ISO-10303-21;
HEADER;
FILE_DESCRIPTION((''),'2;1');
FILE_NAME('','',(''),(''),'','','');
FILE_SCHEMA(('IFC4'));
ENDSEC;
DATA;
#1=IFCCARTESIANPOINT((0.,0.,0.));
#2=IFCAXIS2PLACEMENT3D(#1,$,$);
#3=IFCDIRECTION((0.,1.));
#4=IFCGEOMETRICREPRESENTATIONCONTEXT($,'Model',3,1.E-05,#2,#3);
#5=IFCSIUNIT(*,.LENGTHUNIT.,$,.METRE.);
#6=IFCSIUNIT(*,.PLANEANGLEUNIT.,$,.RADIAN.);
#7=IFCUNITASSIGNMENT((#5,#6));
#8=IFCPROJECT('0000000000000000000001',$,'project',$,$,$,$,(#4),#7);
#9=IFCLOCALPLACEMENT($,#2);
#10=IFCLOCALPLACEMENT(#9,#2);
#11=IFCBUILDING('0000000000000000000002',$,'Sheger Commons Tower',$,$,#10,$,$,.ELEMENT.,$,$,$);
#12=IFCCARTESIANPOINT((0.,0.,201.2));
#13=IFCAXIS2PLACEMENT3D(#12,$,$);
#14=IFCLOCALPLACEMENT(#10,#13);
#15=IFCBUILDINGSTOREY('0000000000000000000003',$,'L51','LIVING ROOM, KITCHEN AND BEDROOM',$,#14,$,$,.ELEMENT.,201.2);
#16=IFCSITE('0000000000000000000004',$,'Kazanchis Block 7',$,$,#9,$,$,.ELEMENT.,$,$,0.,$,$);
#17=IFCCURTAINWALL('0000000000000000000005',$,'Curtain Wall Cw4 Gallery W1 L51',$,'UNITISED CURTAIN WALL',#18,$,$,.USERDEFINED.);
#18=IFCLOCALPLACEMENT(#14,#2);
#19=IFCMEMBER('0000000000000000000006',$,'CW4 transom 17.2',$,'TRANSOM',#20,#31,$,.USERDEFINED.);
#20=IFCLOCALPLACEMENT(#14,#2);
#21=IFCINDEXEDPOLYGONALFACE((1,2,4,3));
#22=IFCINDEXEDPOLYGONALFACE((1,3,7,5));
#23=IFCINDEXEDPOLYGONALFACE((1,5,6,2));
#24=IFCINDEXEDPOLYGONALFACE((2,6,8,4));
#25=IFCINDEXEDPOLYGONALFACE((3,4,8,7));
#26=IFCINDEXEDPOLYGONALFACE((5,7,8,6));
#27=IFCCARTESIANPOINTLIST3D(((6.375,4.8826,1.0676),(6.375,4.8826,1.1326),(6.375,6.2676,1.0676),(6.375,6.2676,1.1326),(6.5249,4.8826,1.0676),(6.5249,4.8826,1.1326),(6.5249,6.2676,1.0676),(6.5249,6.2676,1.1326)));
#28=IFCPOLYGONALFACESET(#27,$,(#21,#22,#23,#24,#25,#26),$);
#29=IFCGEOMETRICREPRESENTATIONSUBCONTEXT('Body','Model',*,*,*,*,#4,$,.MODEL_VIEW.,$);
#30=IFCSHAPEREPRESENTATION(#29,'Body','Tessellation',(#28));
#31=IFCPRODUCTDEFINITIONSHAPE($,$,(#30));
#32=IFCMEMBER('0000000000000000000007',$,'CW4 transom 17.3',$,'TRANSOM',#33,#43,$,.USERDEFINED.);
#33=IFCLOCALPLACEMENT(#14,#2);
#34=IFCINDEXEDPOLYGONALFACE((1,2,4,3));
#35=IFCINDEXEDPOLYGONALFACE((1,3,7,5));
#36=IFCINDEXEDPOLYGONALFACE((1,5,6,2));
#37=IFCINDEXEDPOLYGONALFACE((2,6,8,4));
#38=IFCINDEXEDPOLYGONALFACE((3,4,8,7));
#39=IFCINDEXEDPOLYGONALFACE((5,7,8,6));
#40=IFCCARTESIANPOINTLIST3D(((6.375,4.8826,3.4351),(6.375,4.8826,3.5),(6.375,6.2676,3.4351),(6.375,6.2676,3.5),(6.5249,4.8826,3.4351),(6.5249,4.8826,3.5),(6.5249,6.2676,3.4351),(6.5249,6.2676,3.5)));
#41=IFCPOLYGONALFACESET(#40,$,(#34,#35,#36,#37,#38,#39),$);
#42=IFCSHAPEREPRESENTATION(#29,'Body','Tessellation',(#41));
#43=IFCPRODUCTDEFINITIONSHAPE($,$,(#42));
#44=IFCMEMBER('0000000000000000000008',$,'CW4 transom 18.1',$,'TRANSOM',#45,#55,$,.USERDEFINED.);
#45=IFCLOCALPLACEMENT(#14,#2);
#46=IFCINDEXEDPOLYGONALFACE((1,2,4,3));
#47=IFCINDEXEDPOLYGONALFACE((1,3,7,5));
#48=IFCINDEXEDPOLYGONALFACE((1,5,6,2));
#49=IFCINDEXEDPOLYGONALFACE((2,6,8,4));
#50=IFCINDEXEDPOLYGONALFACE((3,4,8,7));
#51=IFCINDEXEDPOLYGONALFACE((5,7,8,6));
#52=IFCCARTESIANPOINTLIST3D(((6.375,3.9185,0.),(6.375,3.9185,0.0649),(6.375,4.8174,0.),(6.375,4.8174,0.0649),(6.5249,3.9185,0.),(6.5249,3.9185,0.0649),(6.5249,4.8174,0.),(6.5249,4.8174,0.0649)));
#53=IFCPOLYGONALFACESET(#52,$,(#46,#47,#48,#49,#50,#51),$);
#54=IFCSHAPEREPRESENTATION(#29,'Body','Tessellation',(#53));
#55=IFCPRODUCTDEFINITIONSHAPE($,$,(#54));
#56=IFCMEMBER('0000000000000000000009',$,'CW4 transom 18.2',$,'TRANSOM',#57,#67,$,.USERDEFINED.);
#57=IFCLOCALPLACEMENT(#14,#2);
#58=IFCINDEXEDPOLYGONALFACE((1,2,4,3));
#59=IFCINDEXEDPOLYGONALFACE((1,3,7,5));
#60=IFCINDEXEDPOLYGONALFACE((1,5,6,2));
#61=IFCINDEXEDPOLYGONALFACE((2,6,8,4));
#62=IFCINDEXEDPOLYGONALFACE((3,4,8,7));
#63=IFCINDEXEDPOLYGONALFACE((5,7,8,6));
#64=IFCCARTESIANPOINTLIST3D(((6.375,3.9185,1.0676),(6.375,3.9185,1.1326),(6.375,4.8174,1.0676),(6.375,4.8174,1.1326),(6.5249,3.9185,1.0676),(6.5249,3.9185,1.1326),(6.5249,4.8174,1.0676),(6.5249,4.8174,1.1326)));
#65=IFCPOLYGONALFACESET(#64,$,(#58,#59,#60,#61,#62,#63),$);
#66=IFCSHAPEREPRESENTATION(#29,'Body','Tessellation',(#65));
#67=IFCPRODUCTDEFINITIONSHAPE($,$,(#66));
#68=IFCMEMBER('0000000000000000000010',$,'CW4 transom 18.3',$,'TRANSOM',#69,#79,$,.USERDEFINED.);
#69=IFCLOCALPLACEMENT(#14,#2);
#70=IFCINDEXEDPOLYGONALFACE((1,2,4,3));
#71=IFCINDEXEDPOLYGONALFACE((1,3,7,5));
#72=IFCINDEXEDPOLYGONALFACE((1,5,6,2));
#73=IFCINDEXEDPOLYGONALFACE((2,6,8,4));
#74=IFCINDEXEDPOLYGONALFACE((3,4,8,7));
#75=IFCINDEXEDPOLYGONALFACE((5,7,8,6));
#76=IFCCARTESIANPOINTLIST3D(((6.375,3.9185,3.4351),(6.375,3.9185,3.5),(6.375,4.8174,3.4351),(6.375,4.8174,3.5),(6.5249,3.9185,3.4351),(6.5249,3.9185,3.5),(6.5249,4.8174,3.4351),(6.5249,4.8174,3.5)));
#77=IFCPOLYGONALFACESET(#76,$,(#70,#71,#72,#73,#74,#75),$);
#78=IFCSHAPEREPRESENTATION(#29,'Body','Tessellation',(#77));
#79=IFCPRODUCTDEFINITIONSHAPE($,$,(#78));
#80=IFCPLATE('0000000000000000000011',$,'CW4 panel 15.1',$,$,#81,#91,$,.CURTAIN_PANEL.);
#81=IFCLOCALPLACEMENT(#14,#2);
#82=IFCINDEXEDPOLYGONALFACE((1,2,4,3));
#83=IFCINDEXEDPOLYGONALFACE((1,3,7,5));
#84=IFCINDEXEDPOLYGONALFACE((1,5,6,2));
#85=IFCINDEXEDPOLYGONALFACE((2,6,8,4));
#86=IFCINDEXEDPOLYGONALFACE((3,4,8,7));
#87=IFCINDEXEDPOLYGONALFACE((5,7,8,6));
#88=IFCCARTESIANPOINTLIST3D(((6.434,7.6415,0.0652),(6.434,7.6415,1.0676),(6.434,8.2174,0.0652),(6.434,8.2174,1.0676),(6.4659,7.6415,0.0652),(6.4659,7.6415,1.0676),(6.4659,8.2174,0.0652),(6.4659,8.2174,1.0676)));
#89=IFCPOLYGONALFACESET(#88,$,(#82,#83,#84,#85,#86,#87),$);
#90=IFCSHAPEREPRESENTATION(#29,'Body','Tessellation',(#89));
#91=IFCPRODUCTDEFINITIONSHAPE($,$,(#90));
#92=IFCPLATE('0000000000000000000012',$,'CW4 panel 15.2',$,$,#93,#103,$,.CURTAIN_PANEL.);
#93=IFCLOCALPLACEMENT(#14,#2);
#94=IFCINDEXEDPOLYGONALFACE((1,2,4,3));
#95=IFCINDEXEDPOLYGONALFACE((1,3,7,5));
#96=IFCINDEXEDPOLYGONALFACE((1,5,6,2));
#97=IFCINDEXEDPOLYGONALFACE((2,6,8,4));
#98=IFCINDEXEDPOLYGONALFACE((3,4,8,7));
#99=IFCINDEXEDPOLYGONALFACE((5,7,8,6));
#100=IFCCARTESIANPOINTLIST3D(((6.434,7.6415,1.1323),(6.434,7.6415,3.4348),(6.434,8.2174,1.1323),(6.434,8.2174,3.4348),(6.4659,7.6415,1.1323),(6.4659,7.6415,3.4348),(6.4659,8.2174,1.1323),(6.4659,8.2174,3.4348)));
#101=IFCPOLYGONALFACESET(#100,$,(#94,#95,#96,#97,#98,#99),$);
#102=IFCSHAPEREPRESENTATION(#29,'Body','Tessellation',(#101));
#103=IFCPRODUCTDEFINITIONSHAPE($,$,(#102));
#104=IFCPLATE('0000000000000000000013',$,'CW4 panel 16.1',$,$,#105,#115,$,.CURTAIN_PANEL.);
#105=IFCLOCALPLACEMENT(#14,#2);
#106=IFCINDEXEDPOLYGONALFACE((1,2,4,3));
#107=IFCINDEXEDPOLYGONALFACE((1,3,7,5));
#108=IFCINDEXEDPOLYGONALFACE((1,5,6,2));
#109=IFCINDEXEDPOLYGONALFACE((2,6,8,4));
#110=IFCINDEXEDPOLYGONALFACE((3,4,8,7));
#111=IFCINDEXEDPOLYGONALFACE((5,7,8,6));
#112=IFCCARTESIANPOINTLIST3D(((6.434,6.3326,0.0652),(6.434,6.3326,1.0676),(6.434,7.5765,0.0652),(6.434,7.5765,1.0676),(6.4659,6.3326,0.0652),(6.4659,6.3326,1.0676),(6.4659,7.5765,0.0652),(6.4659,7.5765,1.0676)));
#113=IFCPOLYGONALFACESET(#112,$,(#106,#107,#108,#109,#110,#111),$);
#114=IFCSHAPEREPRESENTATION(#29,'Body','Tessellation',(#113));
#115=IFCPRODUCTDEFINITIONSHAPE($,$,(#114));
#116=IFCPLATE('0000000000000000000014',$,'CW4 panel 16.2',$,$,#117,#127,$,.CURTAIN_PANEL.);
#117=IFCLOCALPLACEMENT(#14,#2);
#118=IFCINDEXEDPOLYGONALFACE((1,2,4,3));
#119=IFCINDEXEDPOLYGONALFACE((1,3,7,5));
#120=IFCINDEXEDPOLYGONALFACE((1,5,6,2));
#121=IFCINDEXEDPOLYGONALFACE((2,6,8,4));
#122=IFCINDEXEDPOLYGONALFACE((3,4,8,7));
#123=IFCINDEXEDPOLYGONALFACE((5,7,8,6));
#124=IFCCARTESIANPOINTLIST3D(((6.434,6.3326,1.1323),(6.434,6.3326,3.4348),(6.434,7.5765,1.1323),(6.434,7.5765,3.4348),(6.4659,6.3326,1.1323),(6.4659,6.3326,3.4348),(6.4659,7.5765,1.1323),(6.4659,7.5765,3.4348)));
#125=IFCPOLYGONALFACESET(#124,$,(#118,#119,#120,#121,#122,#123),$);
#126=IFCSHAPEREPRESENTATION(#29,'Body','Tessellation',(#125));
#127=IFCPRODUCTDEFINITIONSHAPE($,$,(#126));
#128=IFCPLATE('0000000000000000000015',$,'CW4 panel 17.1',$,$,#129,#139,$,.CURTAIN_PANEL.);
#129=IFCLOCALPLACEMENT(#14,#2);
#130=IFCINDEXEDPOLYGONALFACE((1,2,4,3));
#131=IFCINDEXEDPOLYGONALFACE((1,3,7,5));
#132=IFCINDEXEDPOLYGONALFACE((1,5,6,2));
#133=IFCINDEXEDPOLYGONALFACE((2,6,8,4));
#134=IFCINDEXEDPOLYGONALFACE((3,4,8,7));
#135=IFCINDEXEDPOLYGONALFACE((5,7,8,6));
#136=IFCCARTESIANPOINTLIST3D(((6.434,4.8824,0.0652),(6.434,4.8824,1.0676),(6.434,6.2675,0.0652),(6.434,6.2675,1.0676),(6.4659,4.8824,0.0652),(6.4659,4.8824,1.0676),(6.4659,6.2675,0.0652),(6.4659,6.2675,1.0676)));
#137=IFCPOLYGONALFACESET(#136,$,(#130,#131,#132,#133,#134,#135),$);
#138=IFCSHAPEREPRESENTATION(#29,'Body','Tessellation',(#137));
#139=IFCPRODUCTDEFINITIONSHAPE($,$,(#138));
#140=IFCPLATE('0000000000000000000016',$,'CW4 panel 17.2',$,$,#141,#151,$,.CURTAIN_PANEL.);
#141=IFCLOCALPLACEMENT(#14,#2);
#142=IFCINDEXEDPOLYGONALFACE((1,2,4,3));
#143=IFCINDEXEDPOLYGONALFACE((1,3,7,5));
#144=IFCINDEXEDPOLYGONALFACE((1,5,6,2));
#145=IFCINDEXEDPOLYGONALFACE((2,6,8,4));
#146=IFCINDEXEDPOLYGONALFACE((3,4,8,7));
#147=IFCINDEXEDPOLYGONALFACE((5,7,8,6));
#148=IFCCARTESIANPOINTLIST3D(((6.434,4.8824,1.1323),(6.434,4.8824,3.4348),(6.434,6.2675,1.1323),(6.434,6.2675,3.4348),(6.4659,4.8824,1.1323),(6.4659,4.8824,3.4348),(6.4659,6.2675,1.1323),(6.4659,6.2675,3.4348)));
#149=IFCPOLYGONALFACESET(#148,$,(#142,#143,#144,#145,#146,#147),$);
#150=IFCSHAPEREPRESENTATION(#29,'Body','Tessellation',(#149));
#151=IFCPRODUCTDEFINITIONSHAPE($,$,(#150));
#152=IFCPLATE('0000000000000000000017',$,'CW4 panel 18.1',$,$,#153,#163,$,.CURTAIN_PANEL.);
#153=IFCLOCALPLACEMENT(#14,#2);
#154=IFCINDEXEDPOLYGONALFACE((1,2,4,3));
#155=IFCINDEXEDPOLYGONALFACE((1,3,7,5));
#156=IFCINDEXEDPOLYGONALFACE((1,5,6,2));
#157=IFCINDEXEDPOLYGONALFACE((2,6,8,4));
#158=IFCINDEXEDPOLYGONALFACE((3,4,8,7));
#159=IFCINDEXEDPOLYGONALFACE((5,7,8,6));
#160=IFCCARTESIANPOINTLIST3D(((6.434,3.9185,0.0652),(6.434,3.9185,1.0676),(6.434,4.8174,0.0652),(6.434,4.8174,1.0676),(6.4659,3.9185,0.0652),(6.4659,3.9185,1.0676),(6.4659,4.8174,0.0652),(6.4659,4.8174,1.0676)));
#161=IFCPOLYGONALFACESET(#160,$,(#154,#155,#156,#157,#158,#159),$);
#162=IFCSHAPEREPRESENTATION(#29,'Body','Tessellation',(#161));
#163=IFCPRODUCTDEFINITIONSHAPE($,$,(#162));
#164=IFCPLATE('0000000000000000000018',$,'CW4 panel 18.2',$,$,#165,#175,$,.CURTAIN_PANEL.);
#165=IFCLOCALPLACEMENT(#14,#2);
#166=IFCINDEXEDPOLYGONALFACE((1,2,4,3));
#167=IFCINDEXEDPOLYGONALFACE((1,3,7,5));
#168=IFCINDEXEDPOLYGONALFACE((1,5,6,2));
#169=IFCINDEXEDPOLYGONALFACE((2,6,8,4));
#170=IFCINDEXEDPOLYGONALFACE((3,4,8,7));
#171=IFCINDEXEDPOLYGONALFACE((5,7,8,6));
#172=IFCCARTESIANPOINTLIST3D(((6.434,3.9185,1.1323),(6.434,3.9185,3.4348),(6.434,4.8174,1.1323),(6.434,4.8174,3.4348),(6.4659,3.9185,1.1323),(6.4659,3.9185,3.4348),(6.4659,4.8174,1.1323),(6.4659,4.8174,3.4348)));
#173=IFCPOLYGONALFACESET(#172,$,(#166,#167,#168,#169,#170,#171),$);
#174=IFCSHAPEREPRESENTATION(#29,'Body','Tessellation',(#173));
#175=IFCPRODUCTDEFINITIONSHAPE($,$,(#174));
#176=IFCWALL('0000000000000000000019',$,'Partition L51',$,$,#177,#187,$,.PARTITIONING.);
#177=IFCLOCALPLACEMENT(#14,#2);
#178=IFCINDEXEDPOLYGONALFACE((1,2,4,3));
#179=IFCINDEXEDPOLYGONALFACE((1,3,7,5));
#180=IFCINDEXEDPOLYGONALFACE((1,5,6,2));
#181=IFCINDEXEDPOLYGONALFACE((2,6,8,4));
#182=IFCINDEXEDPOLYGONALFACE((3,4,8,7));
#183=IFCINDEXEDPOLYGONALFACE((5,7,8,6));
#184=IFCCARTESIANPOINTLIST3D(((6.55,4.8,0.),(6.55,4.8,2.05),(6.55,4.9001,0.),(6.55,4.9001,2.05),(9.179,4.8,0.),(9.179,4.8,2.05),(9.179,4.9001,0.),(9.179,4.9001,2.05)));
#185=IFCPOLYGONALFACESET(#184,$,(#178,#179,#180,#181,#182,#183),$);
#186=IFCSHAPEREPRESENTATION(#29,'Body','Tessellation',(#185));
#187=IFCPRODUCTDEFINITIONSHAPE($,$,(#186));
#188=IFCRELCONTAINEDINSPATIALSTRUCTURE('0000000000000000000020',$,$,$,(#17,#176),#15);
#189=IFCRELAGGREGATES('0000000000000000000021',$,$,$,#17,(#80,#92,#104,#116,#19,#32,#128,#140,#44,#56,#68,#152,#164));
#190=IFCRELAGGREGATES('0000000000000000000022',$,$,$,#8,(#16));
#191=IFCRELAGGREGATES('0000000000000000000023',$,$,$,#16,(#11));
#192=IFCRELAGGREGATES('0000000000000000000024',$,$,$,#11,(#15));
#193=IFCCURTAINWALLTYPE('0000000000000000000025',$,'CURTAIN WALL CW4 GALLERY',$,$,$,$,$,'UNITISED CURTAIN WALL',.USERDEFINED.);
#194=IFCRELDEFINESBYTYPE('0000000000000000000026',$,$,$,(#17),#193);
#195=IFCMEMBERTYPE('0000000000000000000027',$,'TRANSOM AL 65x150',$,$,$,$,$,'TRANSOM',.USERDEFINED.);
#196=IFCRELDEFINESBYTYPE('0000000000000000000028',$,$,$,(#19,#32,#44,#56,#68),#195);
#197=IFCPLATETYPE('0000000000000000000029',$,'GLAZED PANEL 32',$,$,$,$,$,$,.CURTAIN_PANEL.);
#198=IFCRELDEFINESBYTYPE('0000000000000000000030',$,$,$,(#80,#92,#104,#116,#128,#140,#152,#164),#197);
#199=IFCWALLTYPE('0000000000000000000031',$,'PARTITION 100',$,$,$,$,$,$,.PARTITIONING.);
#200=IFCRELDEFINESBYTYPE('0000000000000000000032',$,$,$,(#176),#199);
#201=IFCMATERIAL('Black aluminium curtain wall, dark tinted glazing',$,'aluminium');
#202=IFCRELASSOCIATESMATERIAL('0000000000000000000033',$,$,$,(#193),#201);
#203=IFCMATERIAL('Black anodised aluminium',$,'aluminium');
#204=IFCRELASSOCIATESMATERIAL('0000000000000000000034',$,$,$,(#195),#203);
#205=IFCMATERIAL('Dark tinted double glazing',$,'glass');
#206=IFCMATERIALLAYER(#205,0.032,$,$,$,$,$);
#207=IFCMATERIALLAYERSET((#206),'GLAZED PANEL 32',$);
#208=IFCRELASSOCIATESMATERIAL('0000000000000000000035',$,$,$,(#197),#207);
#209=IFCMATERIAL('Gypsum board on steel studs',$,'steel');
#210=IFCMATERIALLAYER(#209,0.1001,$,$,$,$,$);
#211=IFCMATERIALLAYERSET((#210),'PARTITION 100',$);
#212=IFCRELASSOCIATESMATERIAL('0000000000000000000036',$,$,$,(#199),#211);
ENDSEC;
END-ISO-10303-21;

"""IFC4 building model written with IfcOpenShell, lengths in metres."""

from ifc_helpers import new_model, si_unit, direction, frame, frame_2d, origin, origin_2d, place, context, subcontext, project, spatial, rectangle, extrude, material, layer, layer_set, material_profile, profile_set, type_object, element, aggregate, save


model = new_model("IFC4")

# Units and contexts
model_context = context("Model", 3, precision=1e-05, world=origin(), true_north=direction((0.0, 1.0)))
body_context = subcontext(model_context, "Body", "Model", "MODEL_VIEW")
ifc_project = project(units=[si_unit("LENGTHUNIT", "METRE"), si_unit("PLANEANGLEUNIT", "RADIAN")], contexts=[model_context])

# Site, building, storey
site_placement = place(None, origin())
site = spatial("IfcSite", under=ifc_project, at=site_placement, Name="Kazanchis Block 7", CompositionType="ELEMENT", RefElevation=0.0)
building_placement = place(site_placement, origin())
building = spatial("IfcBuilding", under=site, at=building_placement, Name="Sheger Commons Tower", CompositionType="ELEMENT")
storey_placement = place(building_placement, frame((0.0, 0.0, 201.2)))
storey = spatial("IfcBuildingStorey", under=building, at=storey_placement, Name="L51", Description="LIVING ROOM, KITCHEN AND BEDROOM", CompositionType="ELEMENT", Elevation=201.2)

# Curtain wall
ifc_material_1 = material(Name="Black aluminium curtain wall, dark tinted glazing", Category="aluminium")
curtain_wall_type = type_object("IfcCurtainWallType", Name="CURTAIN WALL CW4 GALLERY", ElementType="UNITISED CURTAIN WALL", PredefinedType="USERDEFINED", material=ifc_material_1)
curtain_wall_placement = place(storey_placement, origin())
curtain_wall = element("IfcCurtainWall", 1, at=curtain_wall_placement, inside=storey, type_object=curtain_wall_type, Name="Curtain Wall Cw4 Gallery W1 L51", ObjectType="UNITISED CURTAIN WALL", PredefinedType="USERDEFINED")

# Members
ifc_material_2 = material(Name="Black anodised aluminium", Category="aluminium")
ifc_material_profile_1 = material_profile(ifc_material_2, rectangle(XDim=0.1499, YDim=0.0649, at=origin_2d()), Name="AL 65x150")
ifc_profile_set_1 = profile_set([ifc_material_profile_1], Name="Black anodised aluminium")
member_type_1 = type_object("IfcMemberType", Name="TRANSOM AL 65x150", ElementType="TRANSOM", PredefinedType="USERDEFINED", material=ifc_profile_set_1)
member_1_placement = place(storey_placement, frame((6.45, 6.2676, 1.1001), z_axis=(0.0, -1.0, 0.0), x_axis=(1.0, 0.0, 0.0)))
member_1 = element("IfcMember", 2, at=member_1_placement, type_object=member_type_1, Name="CW4 transom 17.2", ObjectType="TRANSOM", PredefinedType="USERDEFINED", context=body_context, shape_type="SweptSolid", body=[
    extrude(rectangle(XDim=0.1499, YDim=0.0649, at=origin_2d()), origin(), (0.0, 0.0, 1.0), 1.385),
])
member_2_placement = place(storey_placement, frame((6.45, 6.2676, 3.4675), z_axis=(0.0, -1.0, 0.0), x_axis=(1.0, 0.0, 0.0)))
member_2 = element("IfcMember", 3, at=member_2_placement, type_object=member_type_1, Name="CW4 transom 17.3", ObjectType="TRANSOM", PredefinedType="USERDEFINED", context=body_context, shape_type="SweptSolid", body=[
    extrude(rectangle(XDim=0.1499, YDim=0.0649, at=origin_2d()), origin(), (0.0, 0.0, 1.0), 1.385),
])
member_3_placement = place(storey_placement, frame((6.45, 4.8174, 0.0325), z_axis=(0.0, -1.0, 0.0), x_axis=(1.0, 0.0, 0.0)))
member_3 = element("IfcMember", 4, at=member_3_placement, type_object=member_type_1, Name="CW4 transom 18.1", ObjectType="TRANSOM", PredefinedType="USERDEFINED", context=body_context, shape_type="SweptSolid", body=[
    extrude(rectangle(XDim=0.1499, YDim=0.0649, at=origin_2d()), origin(), (0.0, 0.0, 1.0), 0.8989),
])
member_4_placement = place(storey_placement, frame((6.45, 4.8174, 1.1001), z_axis=(0.0, -1.0, 0.0), x_axis=(1.0, 0.0, 0.0)))
member_4 = element("IfcMember", 5, at=member_4_placement, type_object=member_type_1, Name="CW4 transom 18.2", ObjectType="TRANSOM", PredefinedType="USERDEFINED", context=body_context, shape_type="SweptSolid", body=[
    extrude(rectangle(XDim=0.1499, YDim=0.0649, at=origin_2d()), origin(), (0.0, 0.0, 1.0), 0.8989),
])
member_5_placement = place(storey_placement, frame((6.45, 4.8174, 3.4675), z_axis=(0.0, -1.0, 0.0), x_axis=(1.0, 0.0, 0.0)))
member_5 = element("IfcMember", 6, at=member_5_placement, type_object=member_type_1, Name="CW4 transom 18.3", ObjectType="TRANSOM", PredefinedType="USERDEFINED", context=body_context, shape_type="SweptSolid", body=[
    extrude(rectangle(XDim=0.1499, YDim=0.0649, at=origin_2d()), origin(), (0.0, 0.0, 1.0), 0.8989),
])

# Plates
ifc_material_3 = material(Name="Dark tinted double glazing", Category="glass")
ifc_layer_1 = layer(ifc_material_3, 0.032)
ifc_layer_set_1 = layer_set([ifc_layer_1], Name="GLAZED PANEL 32")
plate_type = type_object("IfcPlateType", Name="GLAZED PANEL 32", PredefinedType="CURTAIN_PANEL", material=ifc_layer_set_1)
plate_1_placement = place(storey_placement, frame((6.45, 7.9294, 0.0652), z_axis=(0.0, 0.0, 1.0), x_axis=(0.0, -1.0, 0.0)))
plate_1 = element("IfcPlate", 7, at=plate_1_placement, type_object=plate_type, Name="CW4 panel 15.1", PredefinedType="CURTAIN_PANEL", context=body_context, shape_type="SweptSolid", body=[
    extrude(rectangle(XDim=0.5759, YDim=0.032, at=origin_2d()), origin(), (0.0, 0.0, 1.0), 1.0024),
])
plate_2_placement = place(storey_placement, frame((6.45, 7.9294, 1.1323), z_axis=(0.0, 0.0, 1.0), x_axis=(0.0, -1.0, 0.0)))
plate_2 = element("IfcPlate", 8, at=plate_2_placement, type_object=plate_type, Name="CW4 panel 15.2", PredefinedType="CURTAIN_PANEL", context=body_context, shape_type="SweptSolid", body=[
    extrude(rectangle(XDim=0.5759, YDim=0.032, at=origin_2d()), origin(), (0.0, 0.0, 1.0), 2.3025),
])
plate_3_placement = place(storey_placement, frame((6.45, 6.9546, 0.0652), z_axis=(0.0, 0.0, 1.0), x_axis=(0.0, -1.0, 0.0)))
plate_3 = element("IfcPlate", 9, at=plate_3_placement, type_object=plate_type, Name="CW4 panel 16.1", PredefinedType="CURTAIN_PANEL", context=body_context, shape_type="SweptSolid", body=[
    extrude(rectangle(XDim=1.2439, YDim=0.032, at=origin_2d()), origin(), (0.0, 0.0, 1.0), 1.0024),
])
plate_4_placement = place(storey_placement, frame((6.45, 6.9546, 1.1323), z_axis=(0.0, 0.0, 1.0), x_axis=(0.0, -1.0, 0.0)))
plate_4 = element("IfcPlate", 10, at=plate_4_placement, type_object=plate_type, Name="CW4 panel 16.2", PredefinedType="CURTAIN_PANEL", context=body_context, shape_type="SweptSolid", body=[
    extrude(rectangle(XDim=1.2439, YDim=0.032, at=origin_2d()), origin(), (0.0, 0.0, 1.0), 2.3025),
])
plate_5_placement = place(storey_placement, frame((6.45, 5.575, 0.0652), z_axis=(0.0, 0.0, 1.0), x_axis=(0.0, -1.0, 0.0)))
plate_5 = element("IfcPlate", 11, at=plate_5_placement, type_object=plate_type, Name="CW4 panel 17.1", PredefinedType="CURTAIN_PANEL", context=body_context, shape_type="SweptSolid", body=[
    extrude(rectangle(XDim=1.385, YDim=0.032, at=origin_2d()), origin(), (0.0, 0.0, 1.0), 1.0024),
])
plate_6_placement = place(storey_placement, frame((6.45, 5.575, 1.1323), z_axis=(0.0, 0.0, 1.0), x_axis=(0.0, -1.0, 0.0)))
plate_6 = element("IfcPlate", 12, at=plate_6_placement, type_object=plate_type, Name="CW4 panel 17.2", PredefinedType="CURTAIN_PANEL", context=body_context, shape_type="SweptSolid", body=[
    extrude(rectangle(XDim=1.385, YDim=0.032, at=origin_2d()), origin(), (0.0, 0.0, 1.0), 2.3025),
])
plate_7_placement = place(storey_placement, frame((6.45, 4.3679, 0.0652), z_axis=(0.0, 0.0, 1.0), x_axis=(0.0, -1.0, 0.0)))
plate_7 = element("IfcPlate", 13, at=plate_7_placement, type_object=plate_type, Name="CW4 panel 18.1", PredefinedType="CURTAIN_PANEL", context=body_context, shape_type="SweptSolid", body=[
    extrude(rectangle(XDim=0.8989, YDim=0.032, at=origin_2d()), origin(), (0.0, 0.0, 1.0), 1.0024),
])
plate_8_placement = place(storey_placement, frame((6.45, 4.3679, 1.1323), z_axis=(0.0, 0.0, 1.0), x_axis=(0.0, -1.0, 0.0)))
plate_8 = element("IfcPlate", 14, at=plate_8_placement, type_object=plate_type, Name="CW4 panel 18.2", PredefinedType="CURTAIN_PANEL", context=body_context, shape_type="SweptSolid", body=[
    extrude(rectangle(XDim=0.8989, YDim=0.032, at=origin_2d()), origin(), (0.0, 0.0, 1.0), 2.3025),
])
aggregate(curtain_wall, [plate_1, plate_2, plate_3, plate_4, member_1, member_2, plate_5, plate_6, member_3, member_4, member_5, plate_7, plate_8])

# Wall
ifc_material_4 = material(Name="Gypsum board on steel studs", Category="steel")
ifc_layer_2 = layer(ifc_material_4, 0.1001)
ifc_layer_set_2 = layer_set([ifc_layer_2], Name="PARTITION 100")
wall_type = type_object("IfcWallType", Name="PARTITION 100", PredefinedType="PARTITIONING", material=ifc_layer_set_2)
wall_1_placement = place(storey_placement, frame((9.179, 4.8501, 0.0), z_axis=(0.0, 0.0, 1.0), x_axis=(-1.0, 0.0, 0.0)))
element("IfcWall", 15, at=wall_1_placement, inside=storey, type_object=wall_type, Name="Partition L51", PredefinedType="PARTITIONING", context=body_context, shape_type="SweptSolid", body=[
    extrude(rectangle(XDim=2.6289, YDim=0.1001, at=frame_2d((1.3145, 0.0))), origin(), (0.0, 0.0, 1.0), 2.05),
])

save(model, "model.ifc")
